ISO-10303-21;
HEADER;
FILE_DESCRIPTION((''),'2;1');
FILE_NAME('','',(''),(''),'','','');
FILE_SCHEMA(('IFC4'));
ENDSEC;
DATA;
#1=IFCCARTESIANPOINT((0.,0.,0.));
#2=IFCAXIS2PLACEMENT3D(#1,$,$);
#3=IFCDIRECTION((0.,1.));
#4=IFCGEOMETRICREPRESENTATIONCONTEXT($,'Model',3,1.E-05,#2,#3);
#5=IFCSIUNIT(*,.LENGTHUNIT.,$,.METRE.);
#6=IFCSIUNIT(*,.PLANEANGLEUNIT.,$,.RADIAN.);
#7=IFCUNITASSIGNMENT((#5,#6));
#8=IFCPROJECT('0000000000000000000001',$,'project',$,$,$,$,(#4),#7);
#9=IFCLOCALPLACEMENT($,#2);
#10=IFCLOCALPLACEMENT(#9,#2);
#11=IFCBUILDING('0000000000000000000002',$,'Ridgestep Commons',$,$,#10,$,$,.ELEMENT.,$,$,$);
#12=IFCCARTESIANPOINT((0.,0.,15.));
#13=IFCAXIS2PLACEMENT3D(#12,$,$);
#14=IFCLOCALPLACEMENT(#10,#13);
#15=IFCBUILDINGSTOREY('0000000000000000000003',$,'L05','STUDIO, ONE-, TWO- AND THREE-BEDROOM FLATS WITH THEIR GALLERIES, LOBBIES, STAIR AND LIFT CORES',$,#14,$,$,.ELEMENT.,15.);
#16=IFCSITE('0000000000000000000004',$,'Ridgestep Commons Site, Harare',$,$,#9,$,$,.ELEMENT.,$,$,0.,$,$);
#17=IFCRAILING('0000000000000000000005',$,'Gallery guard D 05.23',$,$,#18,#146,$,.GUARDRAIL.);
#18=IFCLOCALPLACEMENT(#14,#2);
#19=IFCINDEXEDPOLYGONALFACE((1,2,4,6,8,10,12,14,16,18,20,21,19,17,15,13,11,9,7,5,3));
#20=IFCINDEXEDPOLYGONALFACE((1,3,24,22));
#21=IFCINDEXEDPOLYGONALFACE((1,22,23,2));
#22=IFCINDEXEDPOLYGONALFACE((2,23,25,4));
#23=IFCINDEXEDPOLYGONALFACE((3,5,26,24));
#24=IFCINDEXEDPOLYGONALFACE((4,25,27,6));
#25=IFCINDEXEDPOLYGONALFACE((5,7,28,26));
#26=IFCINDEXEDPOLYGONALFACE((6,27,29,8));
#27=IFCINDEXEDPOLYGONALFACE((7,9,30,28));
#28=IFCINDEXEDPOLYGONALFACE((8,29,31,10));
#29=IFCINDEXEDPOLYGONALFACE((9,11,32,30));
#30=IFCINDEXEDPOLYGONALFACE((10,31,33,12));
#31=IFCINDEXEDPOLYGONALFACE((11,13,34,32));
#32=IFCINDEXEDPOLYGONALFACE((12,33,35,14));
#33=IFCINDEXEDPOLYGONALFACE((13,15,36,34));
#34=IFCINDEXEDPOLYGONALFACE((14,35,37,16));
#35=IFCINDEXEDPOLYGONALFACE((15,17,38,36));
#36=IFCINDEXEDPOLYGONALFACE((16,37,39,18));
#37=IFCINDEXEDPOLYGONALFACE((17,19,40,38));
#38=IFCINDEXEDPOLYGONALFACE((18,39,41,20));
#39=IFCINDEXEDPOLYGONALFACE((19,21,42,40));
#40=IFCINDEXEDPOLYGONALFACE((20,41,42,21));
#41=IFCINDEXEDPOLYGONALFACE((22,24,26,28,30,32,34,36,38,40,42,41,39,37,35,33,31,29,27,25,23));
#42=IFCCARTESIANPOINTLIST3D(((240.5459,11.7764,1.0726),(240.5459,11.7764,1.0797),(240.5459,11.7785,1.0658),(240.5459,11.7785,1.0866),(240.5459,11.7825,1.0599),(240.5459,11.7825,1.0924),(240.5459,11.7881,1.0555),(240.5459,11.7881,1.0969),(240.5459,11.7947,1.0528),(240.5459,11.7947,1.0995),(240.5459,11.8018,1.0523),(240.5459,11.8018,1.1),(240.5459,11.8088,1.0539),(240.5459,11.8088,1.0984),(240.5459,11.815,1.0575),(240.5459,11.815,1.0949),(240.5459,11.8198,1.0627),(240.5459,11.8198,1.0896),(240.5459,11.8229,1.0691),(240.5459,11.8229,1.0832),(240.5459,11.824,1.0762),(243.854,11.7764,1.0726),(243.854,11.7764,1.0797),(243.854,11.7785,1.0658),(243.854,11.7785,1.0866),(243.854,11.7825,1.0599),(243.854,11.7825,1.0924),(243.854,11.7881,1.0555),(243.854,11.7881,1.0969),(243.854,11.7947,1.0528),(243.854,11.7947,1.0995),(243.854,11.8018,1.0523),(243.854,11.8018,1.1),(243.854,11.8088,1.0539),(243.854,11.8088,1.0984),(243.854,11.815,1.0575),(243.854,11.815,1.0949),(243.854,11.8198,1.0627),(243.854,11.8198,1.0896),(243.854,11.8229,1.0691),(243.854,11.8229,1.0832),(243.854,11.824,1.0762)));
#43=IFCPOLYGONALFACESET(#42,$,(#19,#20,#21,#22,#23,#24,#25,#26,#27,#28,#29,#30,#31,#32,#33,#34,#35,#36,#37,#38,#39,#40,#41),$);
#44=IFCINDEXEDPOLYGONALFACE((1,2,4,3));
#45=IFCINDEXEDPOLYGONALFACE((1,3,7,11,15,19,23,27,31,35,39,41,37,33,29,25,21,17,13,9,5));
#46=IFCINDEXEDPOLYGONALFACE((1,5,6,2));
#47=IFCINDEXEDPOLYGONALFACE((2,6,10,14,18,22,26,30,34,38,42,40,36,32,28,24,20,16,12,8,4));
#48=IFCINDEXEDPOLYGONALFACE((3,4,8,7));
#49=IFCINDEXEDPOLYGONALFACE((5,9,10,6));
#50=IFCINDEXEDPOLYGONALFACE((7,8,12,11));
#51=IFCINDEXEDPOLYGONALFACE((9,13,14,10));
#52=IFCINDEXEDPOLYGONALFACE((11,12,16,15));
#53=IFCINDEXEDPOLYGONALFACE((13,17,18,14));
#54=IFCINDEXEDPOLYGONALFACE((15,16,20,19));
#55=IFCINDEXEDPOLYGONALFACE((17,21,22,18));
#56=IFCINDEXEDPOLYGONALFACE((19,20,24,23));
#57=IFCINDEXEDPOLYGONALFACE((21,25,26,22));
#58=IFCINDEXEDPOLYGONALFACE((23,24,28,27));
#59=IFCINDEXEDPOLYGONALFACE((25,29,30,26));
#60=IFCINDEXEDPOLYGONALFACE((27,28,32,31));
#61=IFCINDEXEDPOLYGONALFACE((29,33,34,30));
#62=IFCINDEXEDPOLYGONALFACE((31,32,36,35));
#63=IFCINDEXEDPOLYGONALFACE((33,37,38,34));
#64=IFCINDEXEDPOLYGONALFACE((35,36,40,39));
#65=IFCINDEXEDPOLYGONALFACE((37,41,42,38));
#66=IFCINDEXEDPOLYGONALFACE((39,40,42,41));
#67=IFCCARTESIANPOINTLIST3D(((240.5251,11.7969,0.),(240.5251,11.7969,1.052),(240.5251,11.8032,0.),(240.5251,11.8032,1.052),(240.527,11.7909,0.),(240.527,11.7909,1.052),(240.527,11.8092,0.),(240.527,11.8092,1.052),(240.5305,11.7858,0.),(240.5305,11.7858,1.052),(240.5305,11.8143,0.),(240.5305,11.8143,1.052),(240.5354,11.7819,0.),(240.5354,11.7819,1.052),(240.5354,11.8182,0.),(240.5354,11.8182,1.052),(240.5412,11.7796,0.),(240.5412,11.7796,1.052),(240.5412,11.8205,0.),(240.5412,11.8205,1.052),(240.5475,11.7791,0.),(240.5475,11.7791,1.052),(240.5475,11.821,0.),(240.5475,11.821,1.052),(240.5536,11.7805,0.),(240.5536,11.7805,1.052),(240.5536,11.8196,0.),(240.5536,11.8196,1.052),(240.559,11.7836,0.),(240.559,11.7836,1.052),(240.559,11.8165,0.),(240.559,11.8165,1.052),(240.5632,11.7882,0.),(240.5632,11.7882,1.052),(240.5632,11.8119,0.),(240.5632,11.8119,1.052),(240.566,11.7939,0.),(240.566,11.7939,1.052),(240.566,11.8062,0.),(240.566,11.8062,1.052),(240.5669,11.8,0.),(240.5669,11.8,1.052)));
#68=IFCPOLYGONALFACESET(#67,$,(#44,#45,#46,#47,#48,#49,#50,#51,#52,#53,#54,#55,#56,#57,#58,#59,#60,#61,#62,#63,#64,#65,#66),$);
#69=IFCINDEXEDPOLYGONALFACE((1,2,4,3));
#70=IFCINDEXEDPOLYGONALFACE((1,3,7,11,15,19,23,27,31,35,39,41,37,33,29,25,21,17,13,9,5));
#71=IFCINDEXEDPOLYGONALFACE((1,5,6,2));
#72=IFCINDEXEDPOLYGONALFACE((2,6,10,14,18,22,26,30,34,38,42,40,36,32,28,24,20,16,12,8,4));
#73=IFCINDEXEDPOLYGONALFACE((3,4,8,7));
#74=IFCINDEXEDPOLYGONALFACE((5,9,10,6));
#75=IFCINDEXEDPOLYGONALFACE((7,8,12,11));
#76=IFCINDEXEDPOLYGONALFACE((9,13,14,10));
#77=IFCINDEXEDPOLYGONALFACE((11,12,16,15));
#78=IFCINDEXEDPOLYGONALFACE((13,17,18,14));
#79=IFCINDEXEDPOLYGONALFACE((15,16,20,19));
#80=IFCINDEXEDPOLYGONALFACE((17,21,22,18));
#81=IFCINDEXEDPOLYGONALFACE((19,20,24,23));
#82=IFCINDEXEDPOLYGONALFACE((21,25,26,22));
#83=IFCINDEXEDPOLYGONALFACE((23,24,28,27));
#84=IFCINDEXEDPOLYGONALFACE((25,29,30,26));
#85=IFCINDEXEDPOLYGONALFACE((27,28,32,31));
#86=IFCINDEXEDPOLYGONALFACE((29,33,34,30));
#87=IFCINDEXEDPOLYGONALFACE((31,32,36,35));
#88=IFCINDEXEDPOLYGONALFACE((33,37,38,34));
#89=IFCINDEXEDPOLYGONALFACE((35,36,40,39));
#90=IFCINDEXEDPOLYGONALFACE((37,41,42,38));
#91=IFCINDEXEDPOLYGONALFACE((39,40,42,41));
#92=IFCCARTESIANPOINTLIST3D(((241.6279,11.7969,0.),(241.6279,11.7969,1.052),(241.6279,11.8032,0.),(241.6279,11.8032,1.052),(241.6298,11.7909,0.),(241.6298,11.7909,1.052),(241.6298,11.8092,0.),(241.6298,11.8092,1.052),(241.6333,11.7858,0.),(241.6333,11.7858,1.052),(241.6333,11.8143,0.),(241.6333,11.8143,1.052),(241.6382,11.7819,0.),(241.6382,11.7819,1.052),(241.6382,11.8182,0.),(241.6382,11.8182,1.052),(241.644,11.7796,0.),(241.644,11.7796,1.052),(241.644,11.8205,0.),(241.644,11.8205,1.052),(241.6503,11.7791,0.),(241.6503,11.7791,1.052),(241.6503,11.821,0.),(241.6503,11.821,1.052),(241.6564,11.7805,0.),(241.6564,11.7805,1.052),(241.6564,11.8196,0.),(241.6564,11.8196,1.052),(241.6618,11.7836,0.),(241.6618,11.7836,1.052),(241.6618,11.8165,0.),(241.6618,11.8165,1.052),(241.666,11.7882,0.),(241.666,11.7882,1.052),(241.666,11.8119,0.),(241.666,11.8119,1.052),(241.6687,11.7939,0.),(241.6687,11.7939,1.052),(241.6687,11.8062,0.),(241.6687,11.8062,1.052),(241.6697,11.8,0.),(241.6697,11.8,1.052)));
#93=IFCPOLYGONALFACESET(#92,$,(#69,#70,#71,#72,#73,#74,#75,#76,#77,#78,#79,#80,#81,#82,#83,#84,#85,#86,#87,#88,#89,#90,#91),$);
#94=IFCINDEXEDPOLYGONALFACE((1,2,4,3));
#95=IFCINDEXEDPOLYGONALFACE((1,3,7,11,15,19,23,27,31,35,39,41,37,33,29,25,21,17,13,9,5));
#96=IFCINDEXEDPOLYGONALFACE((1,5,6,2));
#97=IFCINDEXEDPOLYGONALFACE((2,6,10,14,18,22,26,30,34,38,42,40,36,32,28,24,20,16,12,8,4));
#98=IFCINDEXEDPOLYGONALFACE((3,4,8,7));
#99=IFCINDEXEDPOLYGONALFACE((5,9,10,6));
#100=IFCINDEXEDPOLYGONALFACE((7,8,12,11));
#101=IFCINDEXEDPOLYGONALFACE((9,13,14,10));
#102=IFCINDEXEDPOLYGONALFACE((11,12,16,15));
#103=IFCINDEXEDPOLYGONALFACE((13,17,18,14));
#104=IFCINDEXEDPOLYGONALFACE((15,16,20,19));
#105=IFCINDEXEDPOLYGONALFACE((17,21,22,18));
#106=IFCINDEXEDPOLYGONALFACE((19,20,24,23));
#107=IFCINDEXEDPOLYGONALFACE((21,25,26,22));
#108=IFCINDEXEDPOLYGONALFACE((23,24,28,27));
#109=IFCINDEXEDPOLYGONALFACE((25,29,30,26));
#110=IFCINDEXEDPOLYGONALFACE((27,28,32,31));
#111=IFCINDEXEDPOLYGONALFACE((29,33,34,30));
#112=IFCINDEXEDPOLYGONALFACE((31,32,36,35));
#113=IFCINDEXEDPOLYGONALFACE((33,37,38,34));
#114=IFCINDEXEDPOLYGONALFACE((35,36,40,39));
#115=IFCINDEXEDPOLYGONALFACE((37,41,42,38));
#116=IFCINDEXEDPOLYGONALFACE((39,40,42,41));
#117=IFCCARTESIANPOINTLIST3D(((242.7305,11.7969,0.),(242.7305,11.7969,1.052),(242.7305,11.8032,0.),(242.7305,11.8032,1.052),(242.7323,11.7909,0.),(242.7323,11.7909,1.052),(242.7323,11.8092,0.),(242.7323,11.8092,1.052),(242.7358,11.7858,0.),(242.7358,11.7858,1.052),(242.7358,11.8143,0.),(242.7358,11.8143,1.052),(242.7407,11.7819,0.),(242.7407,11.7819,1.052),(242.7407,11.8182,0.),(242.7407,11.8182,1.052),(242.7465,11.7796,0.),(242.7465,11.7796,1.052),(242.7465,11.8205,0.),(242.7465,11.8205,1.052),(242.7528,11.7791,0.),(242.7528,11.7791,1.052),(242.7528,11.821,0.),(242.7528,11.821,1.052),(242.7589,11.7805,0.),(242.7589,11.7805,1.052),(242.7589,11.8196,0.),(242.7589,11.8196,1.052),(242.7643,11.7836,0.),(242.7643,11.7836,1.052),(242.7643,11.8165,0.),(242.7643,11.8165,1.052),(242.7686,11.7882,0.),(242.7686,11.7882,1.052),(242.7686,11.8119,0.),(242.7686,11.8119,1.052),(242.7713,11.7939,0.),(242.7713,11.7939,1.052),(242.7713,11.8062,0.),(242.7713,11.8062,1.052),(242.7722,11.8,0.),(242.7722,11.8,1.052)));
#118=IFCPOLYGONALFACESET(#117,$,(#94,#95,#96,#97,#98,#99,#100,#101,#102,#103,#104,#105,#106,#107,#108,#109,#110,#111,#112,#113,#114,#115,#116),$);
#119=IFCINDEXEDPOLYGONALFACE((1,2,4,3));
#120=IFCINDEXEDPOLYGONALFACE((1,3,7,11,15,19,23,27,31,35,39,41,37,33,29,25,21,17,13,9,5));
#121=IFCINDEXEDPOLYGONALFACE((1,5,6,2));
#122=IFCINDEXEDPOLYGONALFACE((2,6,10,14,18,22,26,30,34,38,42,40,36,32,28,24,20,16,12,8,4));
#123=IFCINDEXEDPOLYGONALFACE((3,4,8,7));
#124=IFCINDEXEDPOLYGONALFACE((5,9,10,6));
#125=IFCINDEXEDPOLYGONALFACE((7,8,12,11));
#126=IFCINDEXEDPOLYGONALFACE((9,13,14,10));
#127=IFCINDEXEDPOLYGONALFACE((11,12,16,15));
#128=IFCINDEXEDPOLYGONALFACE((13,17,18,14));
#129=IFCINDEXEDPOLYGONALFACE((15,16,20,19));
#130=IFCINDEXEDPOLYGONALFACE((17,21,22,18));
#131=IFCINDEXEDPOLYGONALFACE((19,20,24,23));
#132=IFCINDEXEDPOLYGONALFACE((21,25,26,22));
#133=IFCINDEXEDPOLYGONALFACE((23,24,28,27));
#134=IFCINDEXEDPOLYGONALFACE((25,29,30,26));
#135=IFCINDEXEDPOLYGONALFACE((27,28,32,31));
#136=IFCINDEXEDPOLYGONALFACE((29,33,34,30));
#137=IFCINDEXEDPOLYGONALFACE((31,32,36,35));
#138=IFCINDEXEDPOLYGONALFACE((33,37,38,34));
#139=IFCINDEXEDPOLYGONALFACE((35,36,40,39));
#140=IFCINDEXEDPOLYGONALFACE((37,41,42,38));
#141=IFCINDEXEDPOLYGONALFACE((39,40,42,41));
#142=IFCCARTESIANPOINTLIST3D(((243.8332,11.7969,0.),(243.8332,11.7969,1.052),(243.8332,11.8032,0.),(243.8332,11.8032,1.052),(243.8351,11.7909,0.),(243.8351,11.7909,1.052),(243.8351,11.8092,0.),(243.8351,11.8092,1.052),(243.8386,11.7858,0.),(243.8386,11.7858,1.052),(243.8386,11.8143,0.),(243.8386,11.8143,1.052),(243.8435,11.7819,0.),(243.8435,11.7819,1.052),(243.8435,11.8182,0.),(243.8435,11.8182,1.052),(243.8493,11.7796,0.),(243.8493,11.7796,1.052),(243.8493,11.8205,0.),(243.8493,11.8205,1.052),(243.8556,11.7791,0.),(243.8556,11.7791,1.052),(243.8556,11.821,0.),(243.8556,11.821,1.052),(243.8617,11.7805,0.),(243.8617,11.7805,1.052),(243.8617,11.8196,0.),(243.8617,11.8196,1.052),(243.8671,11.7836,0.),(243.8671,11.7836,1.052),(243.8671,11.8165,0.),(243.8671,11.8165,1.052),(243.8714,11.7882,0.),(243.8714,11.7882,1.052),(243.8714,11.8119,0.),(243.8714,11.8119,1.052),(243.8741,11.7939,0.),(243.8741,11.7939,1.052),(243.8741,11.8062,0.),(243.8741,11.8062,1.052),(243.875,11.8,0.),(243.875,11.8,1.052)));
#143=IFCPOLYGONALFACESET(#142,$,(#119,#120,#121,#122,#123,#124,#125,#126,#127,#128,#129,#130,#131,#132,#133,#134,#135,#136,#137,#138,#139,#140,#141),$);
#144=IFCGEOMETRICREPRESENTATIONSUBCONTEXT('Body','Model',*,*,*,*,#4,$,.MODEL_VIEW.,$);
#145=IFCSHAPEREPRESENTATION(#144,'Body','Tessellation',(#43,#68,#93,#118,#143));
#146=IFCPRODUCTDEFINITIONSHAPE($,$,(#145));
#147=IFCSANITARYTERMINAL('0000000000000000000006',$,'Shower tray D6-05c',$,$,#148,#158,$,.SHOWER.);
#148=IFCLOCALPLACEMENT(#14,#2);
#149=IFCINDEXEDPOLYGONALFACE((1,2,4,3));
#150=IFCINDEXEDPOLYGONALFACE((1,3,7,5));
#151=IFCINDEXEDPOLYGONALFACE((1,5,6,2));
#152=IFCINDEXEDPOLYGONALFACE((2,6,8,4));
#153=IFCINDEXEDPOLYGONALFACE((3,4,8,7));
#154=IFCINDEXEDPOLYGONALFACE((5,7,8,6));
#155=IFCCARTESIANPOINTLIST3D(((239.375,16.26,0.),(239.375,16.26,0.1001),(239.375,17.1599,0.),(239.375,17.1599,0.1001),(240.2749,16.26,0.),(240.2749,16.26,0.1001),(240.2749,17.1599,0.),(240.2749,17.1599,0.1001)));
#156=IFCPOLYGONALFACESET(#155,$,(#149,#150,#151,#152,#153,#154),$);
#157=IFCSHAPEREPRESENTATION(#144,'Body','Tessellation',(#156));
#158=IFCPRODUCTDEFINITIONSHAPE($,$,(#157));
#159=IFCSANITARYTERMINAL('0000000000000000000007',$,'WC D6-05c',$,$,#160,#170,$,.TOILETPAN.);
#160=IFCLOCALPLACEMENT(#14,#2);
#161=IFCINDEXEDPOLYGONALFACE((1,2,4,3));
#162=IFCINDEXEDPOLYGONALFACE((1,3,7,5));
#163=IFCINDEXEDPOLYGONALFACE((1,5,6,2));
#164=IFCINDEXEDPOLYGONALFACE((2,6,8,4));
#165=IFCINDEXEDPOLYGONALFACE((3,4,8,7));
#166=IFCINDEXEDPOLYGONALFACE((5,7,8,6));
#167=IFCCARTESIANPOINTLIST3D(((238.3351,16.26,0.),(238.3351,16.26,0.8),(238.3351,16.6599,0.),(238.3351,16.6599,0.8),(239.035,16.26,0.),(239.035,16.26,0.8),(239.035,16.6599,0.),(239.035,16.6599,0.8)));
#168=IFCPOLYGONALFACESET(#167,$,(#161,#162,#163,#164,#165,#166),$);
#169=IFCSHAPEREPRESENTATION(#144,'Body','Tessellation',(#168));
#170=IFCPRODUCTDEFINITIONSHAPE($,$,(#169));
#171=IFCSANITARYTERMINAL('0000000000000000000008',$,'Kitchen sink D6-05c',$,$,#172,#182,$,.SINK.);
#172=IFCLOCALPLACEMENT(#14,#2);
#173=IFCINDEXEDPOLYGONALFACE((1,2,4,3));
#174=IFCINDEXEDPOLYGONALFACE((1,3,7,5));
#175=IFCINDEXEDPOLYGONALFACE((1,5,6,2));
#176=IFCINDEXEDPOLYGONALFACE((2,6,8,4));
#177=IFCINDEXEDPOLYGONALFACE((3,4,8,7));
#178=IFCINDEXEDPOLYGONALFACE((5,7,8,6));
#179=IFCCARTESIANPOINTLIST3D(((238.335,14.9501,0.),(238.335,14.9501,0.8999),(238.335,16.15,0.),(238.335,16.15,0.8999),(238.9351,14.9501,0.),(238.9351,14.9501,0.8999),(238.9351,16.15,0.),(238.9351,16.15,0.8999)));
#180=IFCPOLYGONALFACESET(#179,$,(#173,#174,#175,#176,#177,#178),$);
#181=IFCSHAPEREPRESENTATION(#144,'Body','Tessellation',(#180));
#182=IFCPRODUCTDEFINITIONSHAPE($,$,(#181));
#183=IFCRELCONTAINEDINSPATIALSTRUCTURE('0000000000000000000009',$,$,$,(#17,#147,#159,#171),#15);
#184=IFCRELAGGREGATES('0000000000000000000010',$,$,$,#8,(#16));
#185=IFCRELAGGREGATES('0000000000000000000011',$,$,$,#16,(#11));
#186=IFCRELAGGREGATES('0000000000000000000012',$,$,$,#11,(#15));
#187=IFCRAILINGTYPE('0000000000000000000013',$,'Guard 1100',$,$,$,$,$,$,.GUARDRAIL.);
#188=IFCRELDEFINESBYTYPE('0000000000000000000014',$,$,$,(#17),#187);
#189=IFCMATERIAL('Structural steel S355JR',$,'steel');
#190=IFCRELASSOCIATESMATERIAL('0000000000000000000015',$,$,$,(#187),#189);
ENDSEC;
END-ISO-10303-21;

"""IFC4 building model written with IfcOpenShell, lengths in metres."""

from ifc_helpers import new_model, si_unit, direction, frame, origin, origin_2d, place, context, subcontext, project, spatial, rectangle, circle, extrude, material, type_object, element, save


model = new_model("IFC4")

# Units and contexts
model_context = context("Model", 3, precision=1e-05, world=origin(), true_north=direction((0.0, 1.0)))
body_context = subcontext(model_context, "Body", "Model", "MODEL_VIEW")
ifc_project = project(units=[si_unit("LENGTHUNIT", "METRE"), si_unit("PLANEANGLEUNIT", "RADIAN")], contexts=[model_context])

# Site, building, storey
site_placement = place(None, origin())
site = spatial("IfcSite", under=ifc_project, at=site_placement, Name="Ridgestep Commons Site, Harare", CompositionType="ELEMENT", RefElevation=0.0)
building_placement = place(site_placement, origin())
building = spatial("IfcBuilding", under=site, at=building_placement, Name="Ridgestep Commons", CompositionType="ELEMENT")
storey_placement = place(building_placement, frame((0.0, 0.0, 15.0)))
storey = spatial("IfcBuildingStorey", under=building, at=storey_placement, Name="L05", Description="STUDIO, ONE-, TWO- AND THREE-BEDROOM FLATS WITH THEIR GALLERIES, LOBBIES, STAIR AND LIFT CORES", CompositionType="ELEMENT", Elevation=15.0)

# Railing
ifc_material_1 = material(Name="Structural steel S355JR", Category="steel")
railing_type = type_object("IfcRailingType", Name="Guard 1100", PredefinedType="GUARDRAIL", material=ifc_material_1)
railing_1_placement = place(storey_placement, frame((240.5459, 11.8, 0.0)))
element("IfcRailing", 1, at=railing_1_placement, inside=storey, type_object=railing_type, Name="Gallery guard D 05.23", PredefinedType="GUARDRAIL", context=body_context, shape_type="SweptSolid", body=[
    extrude(circle(Radius=0.0239, at=origin_2d()), frame((0.0, 0.0, 1.0762), z_axis=(1.0, 0.0, 0.0), x_axis=(0.0, 1.0, 0.0)), (0.0, 0.0, 1.0), 3.3081),
    extrude(circle(Radius=0.021, at=origin_2d()), origin(), (0.0, 0.0, 1.0), 1.052),
    extrude(circle(Radius=0.021, at=origin_2d()), frame((1.1028, 0.0, 0.0)), (0.0, 0.0, 1.0), 1.052),
    extrude(circle(Radius=0.021, at=origin_2d()), frame((2.2053, 0.0, 0.0)), (0.0, 0.0, 1.0), 1.052),
    extrude(circle(Radius=0.021, at=origin_2d()), frame((3.3081, 0.0, 0.0)), (0.0, 0.0, 1.0), 1.052),
])

# Sanitary terminals
sanitary_terminal_1_placement = place(storey_placement, frame((239.825, 16.71, 0.0), z_axis=(0.0, 0.0, 1.0), x_axis=(1.0, 0.0, 0.0)))
element("IfcSanitaryTerminal", 2, at=sanitary_terminal_1_placement, inside=storey, Name="Shower tray D6-05c", PredefinedType="SHOWER", context=body_context, shape_type="SweptSolid", body=[
    extrude(rectangle(XDim=0.8999, YDim=0.8999, at=origin_2d()), origin(), (0.0, 0.0, 1.0), 0.1001),
])
sanitary_terminal_2_placement = place(storey_placement, frame((238.6851, 16.46, 0.0), z_axis=(0.0, 0.0, 1.0), x_axis=(1.0, 0.0, 0.0)))
element("IfcSanitaryTerminal", 3, at=sanitary_terminal_2_placement, inside=storey, Name="WC D6-05c", PredefinedType="TOILETPAN", context=body_context, shape_type="SweptSolid", body=[
    extrude(rectangle(XDim=0.7, YDim=0.3999, at=origin_2d()), origin(), (0.0, 0.0, 1.0), 0.8),
])
sanitary_terminal_3_placement = place(storey_placement, frame((238.635, 15.55, 0.0), z_axis=(0.0, 0.0, 1.0), x_axis=(1.0, 0.0, 0.0)))
element("IfcSanitaryTerminal", 4, at=sanitary_terminal_3_placement, inside=storey, Name="Kitchen sink D6-05c", PredefinedType="SINK", context=body_context, shape_type="SweptSolid", body=[
    extrude(rectangle(XDim=0.6001, YDim=1.2, at=origin_2d()), origin(), (0.0, 0.0, 1.0), 0.8999),
])

save(model, "model.ifc")
